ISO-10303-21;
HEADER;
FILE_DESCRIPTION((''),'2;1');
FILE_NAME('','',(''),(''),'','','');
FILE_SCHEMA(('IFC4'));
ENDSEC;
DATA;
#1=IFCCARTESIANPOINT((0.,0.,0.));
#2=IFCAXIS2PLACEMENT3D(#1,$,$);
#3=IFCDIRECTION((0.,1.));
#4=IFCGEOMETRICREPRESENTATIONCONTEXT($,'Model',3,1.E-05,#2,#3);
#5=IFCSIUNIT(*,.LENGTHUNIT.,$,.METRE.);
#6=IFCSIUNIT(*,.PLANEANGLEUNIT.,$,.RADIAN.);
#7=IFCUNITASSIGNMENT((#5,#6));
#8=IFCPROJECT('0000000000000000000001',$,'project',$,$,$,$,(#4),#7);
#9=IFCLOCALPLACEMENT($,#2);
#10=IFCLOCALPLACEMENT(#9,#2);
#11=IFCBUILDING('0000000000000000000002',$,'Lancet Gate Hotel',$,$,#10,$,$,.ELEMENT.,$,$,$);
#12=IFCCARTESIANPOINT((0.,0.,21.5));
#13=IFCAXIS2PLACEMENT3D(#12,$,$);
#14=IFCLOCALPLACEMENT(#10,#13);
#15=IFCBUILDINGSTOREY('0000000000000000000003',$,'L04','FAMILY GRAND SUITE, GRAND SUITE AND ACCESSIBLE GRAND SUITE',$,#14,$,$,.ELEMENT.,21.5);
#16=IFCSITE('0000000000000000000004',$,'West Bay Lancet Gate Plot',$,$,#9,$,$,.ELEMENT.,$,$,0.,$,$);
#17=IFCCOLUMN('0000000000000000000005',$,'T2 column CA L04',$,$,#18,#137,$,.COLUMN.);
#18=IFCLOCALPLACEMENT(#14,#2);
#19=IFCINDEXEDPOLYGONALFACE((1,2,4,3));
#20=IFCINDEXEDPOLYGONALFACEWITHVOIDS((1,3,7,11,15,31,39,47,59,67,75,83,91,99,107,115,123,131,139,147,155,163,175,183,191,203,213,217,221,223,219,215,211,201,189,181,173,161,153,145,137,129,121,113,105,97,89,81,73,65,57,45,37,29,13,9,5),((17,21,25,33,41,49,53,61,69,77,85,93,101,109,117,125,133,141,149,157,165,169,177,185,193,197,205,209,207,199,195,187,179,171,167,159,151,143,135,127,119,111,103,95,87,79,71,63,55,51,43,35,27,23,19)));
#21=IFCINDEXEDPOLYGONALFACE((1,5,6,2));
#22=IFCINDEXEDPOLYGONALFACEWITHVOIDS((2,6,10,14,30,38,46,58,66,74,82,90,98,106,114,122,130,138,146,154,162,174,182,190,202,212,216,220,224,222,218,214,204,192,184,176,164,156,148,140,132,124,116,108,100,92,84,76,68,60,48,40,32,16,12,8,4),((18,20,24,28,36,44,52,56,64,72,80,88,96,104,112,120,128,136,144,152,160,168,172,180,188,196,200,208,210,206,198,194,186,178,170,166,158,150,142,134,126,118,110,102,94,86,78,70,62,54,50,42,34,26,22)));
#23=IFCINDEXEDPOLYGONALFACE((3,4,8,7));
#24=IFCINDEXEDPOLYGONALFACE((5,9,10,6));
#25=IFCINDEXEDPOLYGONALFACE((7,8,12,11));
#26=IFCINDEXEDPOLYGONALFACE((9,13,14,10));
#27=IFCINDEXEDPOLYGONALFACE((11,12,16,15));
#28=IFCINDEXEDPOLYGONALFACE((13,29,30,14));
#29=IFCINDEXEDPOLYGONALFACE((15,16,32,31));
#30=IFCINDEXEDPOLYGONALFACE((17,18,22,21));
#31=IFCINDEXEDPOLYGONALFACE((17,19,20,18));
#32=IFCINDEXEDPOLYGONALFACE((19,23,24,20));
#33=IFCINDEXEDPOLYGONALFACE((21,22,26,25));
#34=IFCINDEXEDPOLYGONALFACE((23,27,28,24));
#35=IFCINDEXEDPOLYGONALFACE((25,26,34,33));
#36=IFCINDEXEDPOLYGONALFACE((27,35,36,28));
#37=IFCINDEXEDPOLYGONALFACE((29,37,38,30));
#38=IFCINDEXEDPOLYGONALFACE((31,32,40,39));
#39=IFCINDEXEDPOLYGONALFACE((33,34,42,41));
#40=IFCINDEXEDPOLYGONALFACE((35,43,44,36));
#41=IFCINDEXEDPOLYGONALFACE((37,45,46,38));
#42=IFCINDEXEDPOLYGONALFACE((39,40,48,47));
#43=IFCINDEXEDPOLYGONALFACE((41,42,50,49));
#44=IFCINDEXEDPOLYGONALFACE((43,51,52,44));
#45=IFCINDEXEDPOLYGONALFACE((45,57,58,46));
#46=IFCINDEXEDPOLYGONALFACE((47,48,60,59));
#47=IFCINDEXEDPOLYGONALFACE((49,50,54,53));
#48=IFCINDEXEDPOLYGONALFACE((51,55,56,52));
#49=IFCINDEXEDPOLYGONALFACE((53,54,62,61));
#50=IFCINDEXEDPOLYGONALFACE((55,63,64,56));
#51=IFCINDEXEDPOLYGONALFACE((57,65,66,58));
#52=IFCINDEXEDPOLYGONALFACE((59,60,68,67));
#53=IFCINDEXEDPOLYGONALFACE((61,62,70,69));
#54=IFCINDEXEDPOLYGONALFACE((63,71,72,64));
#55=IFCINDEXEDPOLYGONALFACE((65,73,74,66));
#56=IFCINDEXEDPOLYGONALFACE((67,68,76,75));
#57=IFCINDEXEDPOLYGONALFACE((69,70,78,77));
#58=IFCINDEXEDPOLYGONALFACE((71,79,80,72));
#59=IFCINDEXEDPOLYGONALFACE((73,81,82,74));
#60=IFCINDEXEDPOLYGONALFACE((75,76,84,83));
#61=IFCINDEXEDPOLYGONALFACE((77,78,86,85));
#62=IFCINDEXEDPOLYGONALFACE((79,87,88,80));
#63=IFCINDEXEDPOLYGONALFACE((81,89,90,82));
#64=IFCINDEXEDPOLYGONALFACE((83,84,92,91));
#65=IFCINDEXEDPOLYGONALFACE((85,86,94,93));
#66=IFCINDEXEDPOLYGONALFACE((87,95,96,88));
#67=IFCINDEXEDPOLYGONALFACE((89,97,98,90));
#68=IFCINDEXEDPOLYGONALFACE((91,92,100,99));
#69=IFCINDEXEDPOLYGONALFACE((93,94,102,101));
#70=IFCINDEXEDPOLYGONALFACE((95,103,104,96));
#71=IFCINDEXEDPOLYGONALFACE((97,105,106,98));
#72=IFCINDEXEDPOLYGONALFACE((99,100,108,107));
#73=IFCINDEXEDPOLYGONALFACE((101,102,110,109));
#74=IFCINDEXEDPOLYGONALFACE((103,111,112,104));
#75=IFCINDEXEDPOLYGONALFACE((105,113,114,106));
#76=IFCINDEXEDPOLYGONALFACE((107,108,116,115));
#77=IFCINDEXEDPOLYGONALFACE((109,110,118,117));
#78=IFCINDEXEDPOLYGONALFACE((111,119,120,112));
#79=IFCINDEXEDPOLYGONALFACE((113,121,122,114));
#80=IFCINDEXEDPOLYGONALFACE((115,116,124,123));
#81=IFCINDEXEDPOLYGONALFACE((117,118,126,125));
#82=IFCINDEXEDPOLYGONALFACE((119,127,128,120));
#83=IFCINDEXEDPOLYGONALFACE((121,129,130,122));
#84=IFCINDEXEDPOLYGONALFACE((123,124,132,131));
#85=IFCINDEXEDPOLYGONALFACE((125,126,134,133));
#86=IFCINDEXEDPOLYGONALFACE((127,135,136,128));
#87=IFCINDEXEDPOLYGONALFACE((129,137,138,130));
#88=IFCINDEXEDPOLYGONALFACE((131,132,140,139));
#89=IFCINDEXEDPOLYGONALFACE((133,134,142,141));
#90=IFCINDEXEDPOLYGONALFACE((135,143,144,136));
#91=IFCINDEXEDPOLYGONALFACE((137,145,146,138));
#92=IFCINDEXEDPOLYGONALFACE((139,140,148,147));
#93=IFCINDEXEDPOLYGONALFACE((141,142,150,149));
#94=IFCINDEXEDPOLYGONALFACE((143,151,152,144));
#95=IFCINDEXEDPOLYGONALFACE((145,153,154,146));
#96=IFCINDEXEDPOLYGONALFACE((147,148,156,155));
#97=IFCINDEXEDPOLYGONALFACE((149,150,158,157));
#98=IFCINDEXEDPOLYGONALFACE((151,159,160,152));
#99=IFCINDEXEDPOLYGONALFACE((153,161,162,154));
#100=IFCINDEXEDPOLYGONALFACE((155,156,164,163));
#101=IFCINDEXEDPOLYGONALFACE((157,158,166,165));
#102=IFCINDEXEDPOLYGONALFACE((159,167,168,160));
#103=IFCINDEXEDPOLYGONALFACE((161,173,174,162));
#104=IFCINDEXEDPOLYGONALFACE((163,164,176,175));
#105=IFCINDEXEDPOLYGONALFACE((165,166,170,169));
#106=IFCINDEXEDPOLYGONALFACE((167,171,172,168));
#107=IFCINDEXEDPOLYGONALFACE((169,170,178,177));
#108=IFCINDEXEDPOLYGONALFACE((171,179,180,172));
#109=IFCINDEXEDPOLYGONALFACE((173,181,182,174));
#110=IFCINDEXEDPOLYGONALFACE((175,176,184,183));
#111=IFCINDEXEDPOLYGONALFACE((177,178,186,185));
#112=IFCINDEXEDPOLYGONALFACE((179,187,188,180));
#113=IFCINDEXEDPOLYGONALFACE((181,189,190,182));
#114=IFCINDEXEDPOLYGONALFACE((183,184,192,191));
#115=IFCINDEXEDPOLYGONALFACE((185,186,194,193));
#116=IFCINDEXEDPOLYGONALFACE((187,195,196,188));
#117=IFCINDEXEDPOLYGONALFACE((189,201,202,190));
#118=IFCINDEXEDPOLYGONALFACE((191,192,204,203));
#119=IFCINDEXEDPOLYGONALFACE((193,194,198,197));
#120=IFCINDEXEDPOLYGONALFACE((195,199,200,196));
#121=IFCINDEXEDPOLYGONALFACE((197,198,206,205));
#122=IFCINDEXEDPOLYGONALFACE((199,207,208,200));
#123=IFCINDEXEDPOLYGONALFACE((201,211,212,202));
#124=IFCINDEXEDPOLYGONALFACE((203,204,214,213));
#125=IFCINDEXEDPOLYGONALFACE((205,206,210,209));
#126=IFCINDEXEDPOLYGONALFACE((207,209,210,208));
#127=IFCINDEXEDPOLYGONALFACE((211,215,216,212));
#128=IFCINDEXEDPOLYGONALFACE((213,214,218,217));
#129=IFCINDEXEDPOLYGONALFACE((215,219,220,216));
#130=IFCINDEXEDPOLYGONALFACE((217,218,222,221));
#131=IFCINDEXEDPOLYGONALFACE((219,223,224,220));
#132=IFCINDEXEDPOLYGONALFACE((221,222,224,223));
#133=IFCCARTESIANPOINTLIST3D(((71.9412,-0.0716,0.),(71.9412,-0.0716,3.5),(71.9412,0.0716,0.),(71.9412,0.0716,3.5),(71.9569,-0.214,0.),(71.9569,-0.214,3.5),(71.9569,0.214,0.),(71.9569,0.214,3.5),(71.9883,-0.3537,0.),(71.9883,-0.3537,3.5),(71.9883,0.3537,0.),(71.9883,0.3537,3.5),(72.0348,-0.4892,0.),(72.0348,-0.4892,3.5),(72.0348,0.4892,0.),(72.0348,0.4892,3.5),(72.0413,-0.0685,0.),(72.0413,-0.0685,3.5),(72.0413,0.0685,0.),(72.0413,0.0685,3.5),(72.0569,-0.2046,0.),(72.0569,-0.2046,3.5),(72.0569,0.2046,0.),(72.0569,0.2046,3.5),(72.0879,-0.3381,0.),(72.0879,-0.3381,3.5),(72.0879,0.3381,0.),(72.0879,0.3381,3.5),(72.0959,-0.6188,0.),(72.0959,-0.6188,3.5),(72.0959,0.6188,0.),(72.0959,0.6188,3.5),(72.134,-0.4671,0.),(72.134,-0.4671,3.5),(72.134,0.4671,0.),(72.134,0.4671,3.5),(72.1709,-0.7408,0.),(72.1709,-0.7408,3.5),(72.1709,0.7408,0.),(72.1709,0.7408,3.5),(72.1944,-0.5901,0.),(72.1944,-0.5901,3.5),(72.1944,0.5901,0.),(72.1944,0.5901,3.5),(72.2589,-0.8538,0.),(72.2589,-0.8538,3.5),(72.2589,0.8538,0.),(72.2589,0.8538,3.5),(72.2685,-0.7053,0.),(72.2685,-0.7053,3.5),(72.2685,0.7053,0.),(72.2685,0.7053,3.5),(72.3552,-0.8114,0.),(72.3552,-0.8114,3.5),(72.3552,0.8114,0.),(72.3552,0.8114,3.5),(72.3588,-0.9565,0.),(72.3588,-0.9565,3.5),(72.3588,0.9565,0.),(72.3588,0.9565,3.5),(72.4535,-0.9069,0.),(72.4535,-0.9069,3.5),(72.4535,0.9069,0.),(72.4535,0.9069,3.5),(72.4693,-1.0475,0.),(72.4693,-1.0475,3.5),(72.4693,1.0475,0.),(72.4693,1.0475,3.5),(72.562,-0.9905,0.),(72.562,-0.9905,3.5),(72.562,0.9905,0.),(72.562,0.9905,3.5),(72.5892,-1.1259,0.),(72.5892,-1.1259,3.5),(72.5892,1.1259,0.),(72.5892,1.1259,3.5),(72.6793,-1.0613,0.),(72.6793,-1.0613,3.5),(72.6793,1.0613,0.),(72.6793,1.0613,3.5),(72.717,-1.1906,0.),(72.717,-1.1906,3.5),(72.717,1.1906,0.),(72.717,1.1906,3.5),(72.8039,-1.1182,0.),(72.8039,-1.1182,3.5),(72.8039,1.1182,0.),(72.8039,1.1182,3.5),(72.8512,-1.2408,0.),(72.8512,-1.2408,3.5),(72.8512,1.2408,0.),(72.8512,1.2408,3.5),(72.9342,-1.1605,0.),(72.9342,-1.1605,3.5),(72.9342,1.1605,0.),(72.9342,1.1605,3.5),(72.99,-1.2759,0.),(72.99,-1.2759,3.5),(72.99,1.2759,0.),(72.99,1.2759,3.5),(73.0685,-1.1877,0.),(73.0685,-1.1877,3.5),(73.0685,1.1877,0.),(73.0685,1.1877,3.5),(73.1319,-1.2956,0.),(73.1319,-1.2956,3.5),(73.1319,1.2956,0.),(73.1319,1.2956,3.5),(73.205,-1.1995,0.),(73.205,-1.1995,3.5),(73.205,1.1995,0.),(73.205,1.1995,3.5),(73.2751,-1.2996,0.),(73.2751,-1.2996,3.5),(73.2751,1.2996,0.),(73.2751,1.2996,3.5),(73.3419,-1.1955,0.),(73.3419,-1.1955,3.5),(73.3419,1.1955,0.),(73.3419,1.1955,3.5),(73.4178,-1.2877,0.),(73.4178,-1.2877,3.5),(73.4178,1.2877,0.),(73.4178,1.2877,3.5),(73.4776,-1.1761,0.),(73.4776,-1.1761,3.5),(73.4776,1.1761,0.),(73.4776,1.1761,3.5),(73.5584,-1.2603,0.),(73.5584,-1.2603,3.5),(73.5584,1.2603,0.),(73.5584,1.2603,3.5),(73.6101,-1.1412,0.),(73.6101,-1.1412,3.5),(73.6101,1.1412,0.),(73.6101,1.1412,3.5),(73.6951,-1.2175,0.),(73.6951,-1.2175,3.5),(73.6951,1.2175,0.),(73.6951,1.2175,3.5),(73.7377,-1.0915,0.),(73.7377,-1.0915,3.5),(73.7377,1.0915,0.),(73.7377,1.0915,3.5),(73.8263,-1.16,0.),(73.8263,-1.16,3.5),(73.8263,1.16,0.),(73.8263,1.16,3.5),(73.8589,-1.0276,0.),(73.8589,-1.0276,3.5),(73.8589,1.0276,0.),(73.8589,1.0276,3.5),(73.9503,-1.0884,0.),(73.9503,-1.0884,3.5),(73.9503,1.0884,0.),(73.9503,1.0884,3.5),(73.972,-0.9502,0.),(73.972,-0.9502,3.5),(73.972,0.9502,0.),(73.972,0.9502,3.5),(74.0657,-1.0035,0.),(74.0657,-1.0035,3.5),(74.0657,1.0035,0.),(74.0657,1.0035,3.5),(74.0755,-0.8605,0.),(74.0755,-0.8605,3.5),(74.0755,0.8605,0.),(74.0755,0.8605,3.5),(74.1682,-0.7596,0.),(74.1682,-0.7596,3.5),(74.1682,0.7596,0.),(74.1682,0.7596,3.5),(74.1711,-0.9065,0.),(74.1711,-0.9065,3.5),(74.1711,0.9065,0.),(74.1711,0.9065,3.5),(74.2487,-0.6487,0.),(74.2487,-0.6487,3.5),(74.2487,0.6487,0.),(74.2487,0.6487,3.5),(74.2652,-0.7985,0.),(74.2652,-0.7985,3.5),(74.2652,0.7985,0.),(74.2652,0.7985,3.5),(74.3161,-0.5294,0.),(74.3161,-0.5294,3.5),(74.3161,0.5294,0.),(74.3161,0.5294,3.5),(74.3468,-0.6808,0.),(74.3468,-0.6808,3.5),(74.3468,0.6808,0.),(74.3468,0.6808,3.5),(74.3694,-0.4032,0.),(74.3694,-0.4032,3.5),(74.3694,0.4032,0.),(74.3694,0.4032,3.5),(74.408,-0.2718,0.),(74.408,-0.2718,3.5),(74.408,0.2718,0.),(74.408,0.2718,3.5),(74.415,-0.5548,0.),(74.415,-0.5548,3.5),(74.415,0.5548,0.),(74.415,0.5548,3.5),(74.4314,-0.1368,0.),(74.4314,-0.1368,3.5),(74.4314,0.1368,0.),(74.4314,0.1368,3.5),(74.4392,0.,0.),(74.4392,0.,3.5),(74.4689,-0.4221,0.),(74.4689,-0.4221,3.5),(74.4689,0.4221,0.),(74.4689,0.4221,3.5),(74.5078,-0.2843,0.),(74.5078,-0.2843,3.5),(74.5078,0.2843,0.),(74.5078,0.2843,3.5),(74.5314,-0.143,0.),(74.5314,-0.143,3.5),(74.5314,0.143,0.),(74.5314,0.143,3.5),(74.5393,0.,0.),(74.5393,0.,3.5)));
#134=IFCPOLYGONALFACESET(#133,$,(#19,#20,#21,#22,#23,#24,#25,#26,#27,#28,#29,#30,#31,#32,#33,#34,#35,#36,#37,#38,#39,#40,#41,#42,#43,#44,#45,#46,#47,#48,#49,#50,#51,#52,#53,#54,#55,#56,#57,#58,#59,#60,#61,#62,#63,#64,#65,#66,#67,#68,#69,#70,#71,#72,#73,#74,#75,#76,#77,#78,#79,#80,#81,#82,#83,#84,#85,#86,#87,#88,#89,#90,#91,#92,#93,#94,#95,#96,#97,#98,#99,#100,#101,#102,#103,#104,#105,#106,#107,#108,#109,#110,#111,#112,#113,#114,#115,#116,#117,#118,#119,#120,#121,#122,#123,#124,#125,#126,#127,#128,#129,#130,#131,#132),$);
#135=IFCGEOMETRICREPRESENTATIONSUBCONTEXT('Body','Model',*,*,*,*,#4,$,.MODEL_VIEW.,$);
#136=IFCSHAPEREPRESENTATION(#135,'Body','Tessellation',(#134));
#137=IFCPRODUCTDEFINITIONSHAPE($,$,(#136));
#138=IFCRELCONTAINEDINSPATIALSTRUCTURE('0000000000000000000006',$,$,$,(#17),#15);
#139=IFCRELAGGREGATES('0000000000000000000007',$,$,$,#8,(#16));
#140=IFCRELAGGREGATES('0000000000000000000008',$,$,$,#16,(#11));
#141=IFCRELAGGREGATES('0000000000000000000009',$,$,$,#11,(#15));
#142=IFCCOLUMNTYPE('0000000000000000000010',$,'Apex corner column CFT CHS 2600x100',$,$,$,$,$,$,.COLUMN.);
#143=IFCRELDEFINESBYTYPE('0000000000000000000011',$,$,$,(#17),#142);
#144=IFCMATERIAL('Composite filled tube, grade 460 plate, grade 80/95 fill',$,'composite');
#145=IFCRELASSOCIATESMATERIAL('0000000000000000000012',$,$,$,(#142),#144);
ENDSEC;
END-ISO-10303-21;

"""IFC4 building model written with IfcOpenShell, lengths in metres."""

from ifc_helpers import new_model, si_unit, direction, frame, origin, origin_2d, place, context, subcontext, project, spatial, hollow_circle, extrude, material, material_profile, profile_set, type_object, element, save


model = new_model("IFC4")

# Units and contexts
model_context = context("Model", 3, precision=1e-05, world=origin(), true_north=direction((0.0, 1.0)))
body_context = subcontext(model_context, "Body", "Model", "MODEL_VIEW")
ifc_project = project(units=[si_unit("LENGTHUNIT", "METRE"), si_unit("PLANEANGLEUNIT", "RADIAN")], contexts=[model_context])

# Site, building, storey
site_placement = place(None, origin())
site = spatial("IfcSite", under=ifc_project, at=site_placement, Name="West Bay Lancet Gate Plot", CompositionType="ELEMENT", RefElevation=0.0)
building_placement = place(site_placement, origin())
building = spatial("IfcBuilding", under=site, at=building_placement, Name="Lancet Gate Hotel", CompositionType="ELEMENT")
storey_placement = place(building_placement, frame((0.0, 0.0, 21.5)))
storey = spatial("IfcBuildingStorey", under=building, at=storey_placement, Name="L04", Description="FAMILY GRAND SUITE, GRAND SUITE AND ACCESSIBLE GRAND SUITE", CompositionType="ELEMENT", Elevation=21.5)

# Column
ifc_material_1 = material(Name="Composite filled tube, grade 460 plate, grade 80/95 fill", Category="composite")
ifc_material_profile_1 = material_profile(ifc_material_1, hollow_circle(Radius=1.3, WallThickness=0.1001, at=origin_2d()), Name="CHS 2600x100")
ifc_profile_set_1 = profile_set([ifc_material_profile_1], Name="Composite filled tube, grade 460 plate, grade 80/95 fill")
column_type_1 = type_object("IfcColumnType", Name="Apex corner column CFT CHS 2600x100", PredefinedType="COLUMN", material=ifc_profile_set_1)
column_1_placement = place(storey_placement, frame((73.2393, 0.0, 0.0), z_axis=(0.0, 0.0, 1.0), x_axis=(1.0, 0.0, 0.0)))
element("IfcColumn", 1, at=column_1_placement, inside=storey, type_object=column_type_1, Name="T2 column CA L04", PredefinedType="COLUMN", context=body_context, shape_type="SweptSolid", body=[
    extrude(hollow_circle(Radius=1.3, WallThickness=0.1001, at=origin_2d()), origin(), (0.0, 0.0, 1.0), 3.5),
])

save(model, "model.ifc")
